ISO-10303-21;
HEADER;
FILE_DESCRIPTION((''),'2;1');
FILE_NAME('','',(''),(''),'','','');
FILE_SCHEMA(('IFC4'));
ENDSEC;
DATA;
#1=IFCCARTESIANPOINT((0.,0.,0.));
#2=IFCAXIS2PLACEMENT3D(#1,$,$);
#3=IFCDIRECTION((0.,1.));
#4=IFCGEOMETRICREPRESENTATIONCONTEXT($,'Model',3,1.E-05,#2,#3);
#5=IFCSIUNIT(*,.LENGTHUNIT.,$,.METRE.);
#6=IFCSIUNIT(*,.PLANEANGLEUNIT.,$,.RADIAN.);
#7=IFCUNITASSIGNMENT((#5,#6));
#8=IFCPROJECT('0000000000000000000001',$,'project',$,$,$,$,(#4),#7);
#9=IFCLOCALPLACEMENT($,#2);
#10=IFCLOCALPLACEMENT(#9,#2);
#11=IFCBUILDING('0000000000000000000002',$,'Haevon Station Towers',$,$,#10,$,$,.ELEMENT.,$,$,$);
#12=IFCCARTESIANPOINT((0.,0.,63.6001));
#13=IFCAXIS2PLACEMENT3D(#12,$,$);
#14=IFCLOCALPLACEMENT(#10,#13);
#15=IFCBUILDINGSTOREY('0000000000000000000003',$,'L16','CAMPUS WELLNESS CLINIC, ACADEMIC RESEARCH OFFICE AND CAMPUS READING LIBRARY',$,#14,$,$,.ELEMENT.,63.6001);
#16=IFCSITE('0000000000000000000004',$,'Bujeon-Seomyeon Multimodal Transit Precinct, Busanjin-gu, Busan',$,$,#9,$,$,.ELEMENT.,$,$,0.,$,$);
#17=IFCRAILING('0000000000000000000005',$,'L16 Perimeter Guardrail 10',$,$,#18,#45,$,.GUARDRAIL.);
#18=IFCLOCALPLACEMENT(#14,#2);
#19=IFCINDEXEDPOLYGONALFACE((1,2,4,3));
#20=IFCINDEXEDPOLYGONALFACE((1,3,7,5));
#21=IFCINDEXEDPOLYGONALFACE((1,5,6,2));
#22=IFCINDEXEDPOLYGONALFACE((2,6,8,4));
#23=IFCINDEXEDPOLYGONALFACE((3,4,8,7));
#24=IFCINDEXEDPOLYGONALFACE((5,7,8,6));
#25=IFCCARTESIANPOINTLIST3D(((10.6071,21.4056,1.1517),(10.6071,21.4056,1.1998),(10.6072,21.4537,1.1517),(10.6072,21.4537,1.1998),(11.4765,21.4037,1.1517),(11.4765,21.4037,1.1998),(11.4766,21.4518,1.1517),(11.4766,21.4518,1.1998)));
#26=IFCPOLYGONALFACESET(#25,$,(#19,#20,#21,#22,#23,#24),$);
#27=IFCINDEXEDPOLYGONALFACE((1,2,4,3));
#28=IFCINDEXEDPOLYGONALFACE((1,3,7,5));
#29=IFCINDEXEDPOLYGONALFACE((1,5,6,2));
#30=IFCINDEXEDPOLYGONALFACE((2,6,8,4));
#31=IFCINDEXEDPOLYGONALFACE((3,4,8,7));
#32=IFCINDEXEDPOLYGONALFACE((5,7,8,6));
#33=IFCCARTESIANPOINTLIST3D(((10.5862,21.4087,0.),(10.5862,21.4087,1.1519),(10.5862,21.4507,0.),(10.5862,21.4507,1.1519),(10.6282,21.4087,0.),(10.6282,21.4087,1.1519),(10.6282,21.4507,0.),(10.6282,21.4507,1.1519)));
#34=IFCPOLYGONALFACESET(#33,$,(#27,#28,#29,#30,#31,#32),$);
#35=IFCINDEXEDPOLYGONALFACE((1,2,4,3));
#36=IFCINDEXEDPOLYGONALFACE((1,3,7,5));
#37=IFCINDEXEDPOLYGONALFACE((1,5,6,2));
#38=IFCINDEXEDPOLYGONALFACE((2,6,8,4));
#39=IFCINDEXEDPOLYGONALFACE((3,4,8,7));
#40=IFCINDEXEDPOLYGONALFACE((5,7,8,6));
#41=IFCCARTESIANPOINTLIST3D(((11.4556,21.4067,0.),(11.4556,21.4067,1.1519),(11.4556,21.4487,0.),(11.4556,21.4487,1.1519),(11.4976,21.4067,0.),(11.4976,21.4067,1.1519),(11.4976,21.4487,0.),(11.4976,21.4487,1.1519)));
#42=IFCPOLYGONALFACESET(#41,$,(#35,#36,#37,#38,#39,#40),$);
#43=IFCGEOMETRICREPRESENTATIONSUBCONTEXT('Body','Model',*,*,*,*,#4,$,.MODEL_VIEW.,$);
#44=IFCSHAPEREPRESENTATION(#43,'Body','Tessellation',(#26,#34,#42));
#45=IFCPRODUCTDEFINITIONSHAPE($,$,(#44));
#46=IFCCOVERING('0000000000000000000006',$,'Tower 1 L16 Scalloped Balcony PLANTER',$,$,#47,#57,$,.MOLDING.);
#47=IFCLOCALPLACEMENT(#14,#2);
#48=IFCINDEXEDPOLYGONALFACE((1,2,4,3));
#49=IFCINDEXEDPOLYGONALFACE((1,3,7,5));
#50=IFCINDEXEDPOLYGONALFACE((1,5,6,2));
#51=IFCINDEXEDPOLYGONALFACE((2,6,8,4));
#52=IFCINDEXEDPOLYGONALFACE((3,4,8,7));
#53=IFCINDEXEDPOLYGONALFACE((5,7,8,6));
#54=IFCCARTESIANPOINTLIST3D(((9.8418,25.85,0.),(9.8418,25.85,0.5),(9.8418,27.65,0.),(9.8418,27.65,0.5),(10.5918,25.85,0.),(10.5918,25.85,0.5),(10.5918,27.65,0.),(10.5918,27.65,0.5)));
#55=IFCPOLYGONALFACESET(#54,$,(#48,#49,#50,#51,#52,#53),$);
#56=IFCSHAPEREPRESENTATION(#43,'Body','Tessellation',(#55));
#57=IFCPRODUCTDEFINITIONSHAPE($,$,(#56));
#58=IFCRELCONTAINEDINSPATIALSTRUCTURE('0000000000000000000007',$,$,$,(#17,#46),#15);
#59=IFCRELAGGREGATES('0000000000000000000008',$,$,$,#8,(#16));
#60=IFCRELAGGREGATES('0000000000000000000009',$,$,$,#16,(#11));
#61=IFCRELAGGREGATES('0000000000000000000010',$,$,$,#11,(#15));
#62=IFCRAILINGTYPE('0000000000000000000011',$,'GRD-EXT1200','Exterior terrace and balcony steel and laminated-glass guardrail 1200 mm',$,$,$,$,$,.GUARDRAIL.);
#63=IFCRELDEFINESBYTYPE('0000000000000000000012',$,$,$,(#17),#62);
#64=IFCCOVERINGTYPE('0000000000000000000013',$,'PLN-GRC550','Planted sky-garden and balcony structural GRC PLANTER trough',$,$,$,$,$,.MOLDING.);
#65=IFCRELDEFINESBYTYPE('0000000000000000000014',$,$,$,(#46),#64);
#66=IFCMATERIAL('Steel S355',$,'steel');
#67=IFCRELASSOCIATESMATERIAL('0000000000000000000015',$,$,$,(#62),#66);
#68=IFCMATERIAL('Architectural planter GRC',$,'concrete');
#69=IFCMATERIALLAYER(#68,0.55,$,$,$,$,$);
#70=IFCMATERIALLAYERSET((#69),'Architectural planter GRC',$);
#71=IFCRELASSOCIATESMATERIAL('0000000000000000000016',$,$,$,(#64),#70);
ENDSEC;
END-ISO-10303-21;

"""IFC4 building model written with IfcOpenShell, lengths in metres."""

from ifc_helpers import new_model, si_unit, direction, frame, origin, origin_2d, place, context, subcontext, project, spatial, rectangle, extrude, material, layer, layer_set, type_object, element, save


model = new_model("IFC4")

# Units and contexts
model_context = context("Model", 3, precision=1e-05, world=origin(), true_north=direction((0.0, 1.0)))
body_context = subcontext(model_context, "Body", "Model", "MODEL_VIEW")
ifc_project = project(units=[si_unit("LENGTHUNIT", "METRE"), si_unit("PLANEANGLEUNIT", "RADIAN")], contexts=[model_context])

# Site, building, storey
site_placement = place(None, origin())
site = spatial("IfcSite", under=ifc_project, at=site_placement, Name="Bujeon-Seomyeon Multimodal Transit Precinct, Busanjin-gu, Busan", CompositionType="ELEMENT", RefElevation=0.0)
building_placement = place(site_placement, origin())
building = spatial("IfcBuilding", under=site, at=building_placement, Name="Haevon Station Towers", CompositionType="ELEMENT")
storey_placement = place(building_placement, frame((0.0, 0.0, 63.6001)))
storey = spatial("IfcBuildingStorey", under=building, at=storey_placement, Name="L16", Description="CAMPUS WELLNESS CLINIC, ACADEMIC RESEARCH OFFICE AND CAMPUS READING LIBRARY", CompositionType="ELEMENT", Elevation=63.6001)

# Shared definitions
ifc_material_1 = material(Name="Steel S355", Category="steel")

# Railing
railing_type = type_object("IfcRailingType", Name="GRD-EXT1200", Description="Exterior terrace and balcony steel and laminated-glass guardrail 1200 mm", PredefinedType="GUARDRAIL", material=ifc_material_1)
railing_1_placement = place(storey_placement, frame((10.6072, 21.4297, 0.0)))
element("IfcRailing", 1, at=railing_1_placement, inside=storey, type_object=railing_type, Name="L16 Perimeter Guardrail 10", PredefinedType="GUARDRAIL", context=body_context, shape_type="SweptSolid", body=[
    extrude(rectangle(XDim=0.0481, YDim=0.0481, at=origin_2d()), frame((0.0, 0.0, 1.1758), z_axis=(0.999997, -0.002247, 0.0), x_axis=(0.002247, 0.999997, 0.0)), (0.0, 0.0, 1.0), 0.8694),
    extrude(rectangle(XDim=0.042, YDim=0.042, at=origin_2d()), origin(), (0.0, 0.0, 1.0), 1.1519),
    extrude(rectangle(XDim=0.042, YDim=0.042, at=origin_2d()), frame((0.8694, -0.002, 0.0)), (0.0, 0.0, 1.0), 1.1519),
])

# Covering
ifc_material_2 = material(Name="Architectural planter GRC", Category="concrete")
ifc_layer_1 = layer(ifc_material_2, 0.55)
ifc_layer_set_1 = layer_set([ifc_layer_1], Name="Architectural planter GRC")
covering_type = type_object("IfcCoveringType", Name="PLN-GRC550", Description="Planted sky-garden and balcony structural GRC PLANTER trough", PredefinedType="MOLDING", material=ifc_layer_set_1)
covering_placement = place(storey_placement, frame((10.2168, 26.75, 0.0), z_axis=(0.0, 0.0, 1.0), x_axis=(1.0, 0.0, 0.0)))
element("IfcCovering", 2, at=covering_placement, inside=storey, type_object=covering_type, Name="Tower 1 L16 Scalloped Balcony PLANTER", PredefinedType="MOLDING", context=body_context, shape_type="SweptSolid", body=[
    extrude(rectangle(XDim=0.75, YDim=1.8, at=origin_2d()), origin(), (0.0, 0.0, 1.0), 0.5),
])

save(model, "model.ifc")
